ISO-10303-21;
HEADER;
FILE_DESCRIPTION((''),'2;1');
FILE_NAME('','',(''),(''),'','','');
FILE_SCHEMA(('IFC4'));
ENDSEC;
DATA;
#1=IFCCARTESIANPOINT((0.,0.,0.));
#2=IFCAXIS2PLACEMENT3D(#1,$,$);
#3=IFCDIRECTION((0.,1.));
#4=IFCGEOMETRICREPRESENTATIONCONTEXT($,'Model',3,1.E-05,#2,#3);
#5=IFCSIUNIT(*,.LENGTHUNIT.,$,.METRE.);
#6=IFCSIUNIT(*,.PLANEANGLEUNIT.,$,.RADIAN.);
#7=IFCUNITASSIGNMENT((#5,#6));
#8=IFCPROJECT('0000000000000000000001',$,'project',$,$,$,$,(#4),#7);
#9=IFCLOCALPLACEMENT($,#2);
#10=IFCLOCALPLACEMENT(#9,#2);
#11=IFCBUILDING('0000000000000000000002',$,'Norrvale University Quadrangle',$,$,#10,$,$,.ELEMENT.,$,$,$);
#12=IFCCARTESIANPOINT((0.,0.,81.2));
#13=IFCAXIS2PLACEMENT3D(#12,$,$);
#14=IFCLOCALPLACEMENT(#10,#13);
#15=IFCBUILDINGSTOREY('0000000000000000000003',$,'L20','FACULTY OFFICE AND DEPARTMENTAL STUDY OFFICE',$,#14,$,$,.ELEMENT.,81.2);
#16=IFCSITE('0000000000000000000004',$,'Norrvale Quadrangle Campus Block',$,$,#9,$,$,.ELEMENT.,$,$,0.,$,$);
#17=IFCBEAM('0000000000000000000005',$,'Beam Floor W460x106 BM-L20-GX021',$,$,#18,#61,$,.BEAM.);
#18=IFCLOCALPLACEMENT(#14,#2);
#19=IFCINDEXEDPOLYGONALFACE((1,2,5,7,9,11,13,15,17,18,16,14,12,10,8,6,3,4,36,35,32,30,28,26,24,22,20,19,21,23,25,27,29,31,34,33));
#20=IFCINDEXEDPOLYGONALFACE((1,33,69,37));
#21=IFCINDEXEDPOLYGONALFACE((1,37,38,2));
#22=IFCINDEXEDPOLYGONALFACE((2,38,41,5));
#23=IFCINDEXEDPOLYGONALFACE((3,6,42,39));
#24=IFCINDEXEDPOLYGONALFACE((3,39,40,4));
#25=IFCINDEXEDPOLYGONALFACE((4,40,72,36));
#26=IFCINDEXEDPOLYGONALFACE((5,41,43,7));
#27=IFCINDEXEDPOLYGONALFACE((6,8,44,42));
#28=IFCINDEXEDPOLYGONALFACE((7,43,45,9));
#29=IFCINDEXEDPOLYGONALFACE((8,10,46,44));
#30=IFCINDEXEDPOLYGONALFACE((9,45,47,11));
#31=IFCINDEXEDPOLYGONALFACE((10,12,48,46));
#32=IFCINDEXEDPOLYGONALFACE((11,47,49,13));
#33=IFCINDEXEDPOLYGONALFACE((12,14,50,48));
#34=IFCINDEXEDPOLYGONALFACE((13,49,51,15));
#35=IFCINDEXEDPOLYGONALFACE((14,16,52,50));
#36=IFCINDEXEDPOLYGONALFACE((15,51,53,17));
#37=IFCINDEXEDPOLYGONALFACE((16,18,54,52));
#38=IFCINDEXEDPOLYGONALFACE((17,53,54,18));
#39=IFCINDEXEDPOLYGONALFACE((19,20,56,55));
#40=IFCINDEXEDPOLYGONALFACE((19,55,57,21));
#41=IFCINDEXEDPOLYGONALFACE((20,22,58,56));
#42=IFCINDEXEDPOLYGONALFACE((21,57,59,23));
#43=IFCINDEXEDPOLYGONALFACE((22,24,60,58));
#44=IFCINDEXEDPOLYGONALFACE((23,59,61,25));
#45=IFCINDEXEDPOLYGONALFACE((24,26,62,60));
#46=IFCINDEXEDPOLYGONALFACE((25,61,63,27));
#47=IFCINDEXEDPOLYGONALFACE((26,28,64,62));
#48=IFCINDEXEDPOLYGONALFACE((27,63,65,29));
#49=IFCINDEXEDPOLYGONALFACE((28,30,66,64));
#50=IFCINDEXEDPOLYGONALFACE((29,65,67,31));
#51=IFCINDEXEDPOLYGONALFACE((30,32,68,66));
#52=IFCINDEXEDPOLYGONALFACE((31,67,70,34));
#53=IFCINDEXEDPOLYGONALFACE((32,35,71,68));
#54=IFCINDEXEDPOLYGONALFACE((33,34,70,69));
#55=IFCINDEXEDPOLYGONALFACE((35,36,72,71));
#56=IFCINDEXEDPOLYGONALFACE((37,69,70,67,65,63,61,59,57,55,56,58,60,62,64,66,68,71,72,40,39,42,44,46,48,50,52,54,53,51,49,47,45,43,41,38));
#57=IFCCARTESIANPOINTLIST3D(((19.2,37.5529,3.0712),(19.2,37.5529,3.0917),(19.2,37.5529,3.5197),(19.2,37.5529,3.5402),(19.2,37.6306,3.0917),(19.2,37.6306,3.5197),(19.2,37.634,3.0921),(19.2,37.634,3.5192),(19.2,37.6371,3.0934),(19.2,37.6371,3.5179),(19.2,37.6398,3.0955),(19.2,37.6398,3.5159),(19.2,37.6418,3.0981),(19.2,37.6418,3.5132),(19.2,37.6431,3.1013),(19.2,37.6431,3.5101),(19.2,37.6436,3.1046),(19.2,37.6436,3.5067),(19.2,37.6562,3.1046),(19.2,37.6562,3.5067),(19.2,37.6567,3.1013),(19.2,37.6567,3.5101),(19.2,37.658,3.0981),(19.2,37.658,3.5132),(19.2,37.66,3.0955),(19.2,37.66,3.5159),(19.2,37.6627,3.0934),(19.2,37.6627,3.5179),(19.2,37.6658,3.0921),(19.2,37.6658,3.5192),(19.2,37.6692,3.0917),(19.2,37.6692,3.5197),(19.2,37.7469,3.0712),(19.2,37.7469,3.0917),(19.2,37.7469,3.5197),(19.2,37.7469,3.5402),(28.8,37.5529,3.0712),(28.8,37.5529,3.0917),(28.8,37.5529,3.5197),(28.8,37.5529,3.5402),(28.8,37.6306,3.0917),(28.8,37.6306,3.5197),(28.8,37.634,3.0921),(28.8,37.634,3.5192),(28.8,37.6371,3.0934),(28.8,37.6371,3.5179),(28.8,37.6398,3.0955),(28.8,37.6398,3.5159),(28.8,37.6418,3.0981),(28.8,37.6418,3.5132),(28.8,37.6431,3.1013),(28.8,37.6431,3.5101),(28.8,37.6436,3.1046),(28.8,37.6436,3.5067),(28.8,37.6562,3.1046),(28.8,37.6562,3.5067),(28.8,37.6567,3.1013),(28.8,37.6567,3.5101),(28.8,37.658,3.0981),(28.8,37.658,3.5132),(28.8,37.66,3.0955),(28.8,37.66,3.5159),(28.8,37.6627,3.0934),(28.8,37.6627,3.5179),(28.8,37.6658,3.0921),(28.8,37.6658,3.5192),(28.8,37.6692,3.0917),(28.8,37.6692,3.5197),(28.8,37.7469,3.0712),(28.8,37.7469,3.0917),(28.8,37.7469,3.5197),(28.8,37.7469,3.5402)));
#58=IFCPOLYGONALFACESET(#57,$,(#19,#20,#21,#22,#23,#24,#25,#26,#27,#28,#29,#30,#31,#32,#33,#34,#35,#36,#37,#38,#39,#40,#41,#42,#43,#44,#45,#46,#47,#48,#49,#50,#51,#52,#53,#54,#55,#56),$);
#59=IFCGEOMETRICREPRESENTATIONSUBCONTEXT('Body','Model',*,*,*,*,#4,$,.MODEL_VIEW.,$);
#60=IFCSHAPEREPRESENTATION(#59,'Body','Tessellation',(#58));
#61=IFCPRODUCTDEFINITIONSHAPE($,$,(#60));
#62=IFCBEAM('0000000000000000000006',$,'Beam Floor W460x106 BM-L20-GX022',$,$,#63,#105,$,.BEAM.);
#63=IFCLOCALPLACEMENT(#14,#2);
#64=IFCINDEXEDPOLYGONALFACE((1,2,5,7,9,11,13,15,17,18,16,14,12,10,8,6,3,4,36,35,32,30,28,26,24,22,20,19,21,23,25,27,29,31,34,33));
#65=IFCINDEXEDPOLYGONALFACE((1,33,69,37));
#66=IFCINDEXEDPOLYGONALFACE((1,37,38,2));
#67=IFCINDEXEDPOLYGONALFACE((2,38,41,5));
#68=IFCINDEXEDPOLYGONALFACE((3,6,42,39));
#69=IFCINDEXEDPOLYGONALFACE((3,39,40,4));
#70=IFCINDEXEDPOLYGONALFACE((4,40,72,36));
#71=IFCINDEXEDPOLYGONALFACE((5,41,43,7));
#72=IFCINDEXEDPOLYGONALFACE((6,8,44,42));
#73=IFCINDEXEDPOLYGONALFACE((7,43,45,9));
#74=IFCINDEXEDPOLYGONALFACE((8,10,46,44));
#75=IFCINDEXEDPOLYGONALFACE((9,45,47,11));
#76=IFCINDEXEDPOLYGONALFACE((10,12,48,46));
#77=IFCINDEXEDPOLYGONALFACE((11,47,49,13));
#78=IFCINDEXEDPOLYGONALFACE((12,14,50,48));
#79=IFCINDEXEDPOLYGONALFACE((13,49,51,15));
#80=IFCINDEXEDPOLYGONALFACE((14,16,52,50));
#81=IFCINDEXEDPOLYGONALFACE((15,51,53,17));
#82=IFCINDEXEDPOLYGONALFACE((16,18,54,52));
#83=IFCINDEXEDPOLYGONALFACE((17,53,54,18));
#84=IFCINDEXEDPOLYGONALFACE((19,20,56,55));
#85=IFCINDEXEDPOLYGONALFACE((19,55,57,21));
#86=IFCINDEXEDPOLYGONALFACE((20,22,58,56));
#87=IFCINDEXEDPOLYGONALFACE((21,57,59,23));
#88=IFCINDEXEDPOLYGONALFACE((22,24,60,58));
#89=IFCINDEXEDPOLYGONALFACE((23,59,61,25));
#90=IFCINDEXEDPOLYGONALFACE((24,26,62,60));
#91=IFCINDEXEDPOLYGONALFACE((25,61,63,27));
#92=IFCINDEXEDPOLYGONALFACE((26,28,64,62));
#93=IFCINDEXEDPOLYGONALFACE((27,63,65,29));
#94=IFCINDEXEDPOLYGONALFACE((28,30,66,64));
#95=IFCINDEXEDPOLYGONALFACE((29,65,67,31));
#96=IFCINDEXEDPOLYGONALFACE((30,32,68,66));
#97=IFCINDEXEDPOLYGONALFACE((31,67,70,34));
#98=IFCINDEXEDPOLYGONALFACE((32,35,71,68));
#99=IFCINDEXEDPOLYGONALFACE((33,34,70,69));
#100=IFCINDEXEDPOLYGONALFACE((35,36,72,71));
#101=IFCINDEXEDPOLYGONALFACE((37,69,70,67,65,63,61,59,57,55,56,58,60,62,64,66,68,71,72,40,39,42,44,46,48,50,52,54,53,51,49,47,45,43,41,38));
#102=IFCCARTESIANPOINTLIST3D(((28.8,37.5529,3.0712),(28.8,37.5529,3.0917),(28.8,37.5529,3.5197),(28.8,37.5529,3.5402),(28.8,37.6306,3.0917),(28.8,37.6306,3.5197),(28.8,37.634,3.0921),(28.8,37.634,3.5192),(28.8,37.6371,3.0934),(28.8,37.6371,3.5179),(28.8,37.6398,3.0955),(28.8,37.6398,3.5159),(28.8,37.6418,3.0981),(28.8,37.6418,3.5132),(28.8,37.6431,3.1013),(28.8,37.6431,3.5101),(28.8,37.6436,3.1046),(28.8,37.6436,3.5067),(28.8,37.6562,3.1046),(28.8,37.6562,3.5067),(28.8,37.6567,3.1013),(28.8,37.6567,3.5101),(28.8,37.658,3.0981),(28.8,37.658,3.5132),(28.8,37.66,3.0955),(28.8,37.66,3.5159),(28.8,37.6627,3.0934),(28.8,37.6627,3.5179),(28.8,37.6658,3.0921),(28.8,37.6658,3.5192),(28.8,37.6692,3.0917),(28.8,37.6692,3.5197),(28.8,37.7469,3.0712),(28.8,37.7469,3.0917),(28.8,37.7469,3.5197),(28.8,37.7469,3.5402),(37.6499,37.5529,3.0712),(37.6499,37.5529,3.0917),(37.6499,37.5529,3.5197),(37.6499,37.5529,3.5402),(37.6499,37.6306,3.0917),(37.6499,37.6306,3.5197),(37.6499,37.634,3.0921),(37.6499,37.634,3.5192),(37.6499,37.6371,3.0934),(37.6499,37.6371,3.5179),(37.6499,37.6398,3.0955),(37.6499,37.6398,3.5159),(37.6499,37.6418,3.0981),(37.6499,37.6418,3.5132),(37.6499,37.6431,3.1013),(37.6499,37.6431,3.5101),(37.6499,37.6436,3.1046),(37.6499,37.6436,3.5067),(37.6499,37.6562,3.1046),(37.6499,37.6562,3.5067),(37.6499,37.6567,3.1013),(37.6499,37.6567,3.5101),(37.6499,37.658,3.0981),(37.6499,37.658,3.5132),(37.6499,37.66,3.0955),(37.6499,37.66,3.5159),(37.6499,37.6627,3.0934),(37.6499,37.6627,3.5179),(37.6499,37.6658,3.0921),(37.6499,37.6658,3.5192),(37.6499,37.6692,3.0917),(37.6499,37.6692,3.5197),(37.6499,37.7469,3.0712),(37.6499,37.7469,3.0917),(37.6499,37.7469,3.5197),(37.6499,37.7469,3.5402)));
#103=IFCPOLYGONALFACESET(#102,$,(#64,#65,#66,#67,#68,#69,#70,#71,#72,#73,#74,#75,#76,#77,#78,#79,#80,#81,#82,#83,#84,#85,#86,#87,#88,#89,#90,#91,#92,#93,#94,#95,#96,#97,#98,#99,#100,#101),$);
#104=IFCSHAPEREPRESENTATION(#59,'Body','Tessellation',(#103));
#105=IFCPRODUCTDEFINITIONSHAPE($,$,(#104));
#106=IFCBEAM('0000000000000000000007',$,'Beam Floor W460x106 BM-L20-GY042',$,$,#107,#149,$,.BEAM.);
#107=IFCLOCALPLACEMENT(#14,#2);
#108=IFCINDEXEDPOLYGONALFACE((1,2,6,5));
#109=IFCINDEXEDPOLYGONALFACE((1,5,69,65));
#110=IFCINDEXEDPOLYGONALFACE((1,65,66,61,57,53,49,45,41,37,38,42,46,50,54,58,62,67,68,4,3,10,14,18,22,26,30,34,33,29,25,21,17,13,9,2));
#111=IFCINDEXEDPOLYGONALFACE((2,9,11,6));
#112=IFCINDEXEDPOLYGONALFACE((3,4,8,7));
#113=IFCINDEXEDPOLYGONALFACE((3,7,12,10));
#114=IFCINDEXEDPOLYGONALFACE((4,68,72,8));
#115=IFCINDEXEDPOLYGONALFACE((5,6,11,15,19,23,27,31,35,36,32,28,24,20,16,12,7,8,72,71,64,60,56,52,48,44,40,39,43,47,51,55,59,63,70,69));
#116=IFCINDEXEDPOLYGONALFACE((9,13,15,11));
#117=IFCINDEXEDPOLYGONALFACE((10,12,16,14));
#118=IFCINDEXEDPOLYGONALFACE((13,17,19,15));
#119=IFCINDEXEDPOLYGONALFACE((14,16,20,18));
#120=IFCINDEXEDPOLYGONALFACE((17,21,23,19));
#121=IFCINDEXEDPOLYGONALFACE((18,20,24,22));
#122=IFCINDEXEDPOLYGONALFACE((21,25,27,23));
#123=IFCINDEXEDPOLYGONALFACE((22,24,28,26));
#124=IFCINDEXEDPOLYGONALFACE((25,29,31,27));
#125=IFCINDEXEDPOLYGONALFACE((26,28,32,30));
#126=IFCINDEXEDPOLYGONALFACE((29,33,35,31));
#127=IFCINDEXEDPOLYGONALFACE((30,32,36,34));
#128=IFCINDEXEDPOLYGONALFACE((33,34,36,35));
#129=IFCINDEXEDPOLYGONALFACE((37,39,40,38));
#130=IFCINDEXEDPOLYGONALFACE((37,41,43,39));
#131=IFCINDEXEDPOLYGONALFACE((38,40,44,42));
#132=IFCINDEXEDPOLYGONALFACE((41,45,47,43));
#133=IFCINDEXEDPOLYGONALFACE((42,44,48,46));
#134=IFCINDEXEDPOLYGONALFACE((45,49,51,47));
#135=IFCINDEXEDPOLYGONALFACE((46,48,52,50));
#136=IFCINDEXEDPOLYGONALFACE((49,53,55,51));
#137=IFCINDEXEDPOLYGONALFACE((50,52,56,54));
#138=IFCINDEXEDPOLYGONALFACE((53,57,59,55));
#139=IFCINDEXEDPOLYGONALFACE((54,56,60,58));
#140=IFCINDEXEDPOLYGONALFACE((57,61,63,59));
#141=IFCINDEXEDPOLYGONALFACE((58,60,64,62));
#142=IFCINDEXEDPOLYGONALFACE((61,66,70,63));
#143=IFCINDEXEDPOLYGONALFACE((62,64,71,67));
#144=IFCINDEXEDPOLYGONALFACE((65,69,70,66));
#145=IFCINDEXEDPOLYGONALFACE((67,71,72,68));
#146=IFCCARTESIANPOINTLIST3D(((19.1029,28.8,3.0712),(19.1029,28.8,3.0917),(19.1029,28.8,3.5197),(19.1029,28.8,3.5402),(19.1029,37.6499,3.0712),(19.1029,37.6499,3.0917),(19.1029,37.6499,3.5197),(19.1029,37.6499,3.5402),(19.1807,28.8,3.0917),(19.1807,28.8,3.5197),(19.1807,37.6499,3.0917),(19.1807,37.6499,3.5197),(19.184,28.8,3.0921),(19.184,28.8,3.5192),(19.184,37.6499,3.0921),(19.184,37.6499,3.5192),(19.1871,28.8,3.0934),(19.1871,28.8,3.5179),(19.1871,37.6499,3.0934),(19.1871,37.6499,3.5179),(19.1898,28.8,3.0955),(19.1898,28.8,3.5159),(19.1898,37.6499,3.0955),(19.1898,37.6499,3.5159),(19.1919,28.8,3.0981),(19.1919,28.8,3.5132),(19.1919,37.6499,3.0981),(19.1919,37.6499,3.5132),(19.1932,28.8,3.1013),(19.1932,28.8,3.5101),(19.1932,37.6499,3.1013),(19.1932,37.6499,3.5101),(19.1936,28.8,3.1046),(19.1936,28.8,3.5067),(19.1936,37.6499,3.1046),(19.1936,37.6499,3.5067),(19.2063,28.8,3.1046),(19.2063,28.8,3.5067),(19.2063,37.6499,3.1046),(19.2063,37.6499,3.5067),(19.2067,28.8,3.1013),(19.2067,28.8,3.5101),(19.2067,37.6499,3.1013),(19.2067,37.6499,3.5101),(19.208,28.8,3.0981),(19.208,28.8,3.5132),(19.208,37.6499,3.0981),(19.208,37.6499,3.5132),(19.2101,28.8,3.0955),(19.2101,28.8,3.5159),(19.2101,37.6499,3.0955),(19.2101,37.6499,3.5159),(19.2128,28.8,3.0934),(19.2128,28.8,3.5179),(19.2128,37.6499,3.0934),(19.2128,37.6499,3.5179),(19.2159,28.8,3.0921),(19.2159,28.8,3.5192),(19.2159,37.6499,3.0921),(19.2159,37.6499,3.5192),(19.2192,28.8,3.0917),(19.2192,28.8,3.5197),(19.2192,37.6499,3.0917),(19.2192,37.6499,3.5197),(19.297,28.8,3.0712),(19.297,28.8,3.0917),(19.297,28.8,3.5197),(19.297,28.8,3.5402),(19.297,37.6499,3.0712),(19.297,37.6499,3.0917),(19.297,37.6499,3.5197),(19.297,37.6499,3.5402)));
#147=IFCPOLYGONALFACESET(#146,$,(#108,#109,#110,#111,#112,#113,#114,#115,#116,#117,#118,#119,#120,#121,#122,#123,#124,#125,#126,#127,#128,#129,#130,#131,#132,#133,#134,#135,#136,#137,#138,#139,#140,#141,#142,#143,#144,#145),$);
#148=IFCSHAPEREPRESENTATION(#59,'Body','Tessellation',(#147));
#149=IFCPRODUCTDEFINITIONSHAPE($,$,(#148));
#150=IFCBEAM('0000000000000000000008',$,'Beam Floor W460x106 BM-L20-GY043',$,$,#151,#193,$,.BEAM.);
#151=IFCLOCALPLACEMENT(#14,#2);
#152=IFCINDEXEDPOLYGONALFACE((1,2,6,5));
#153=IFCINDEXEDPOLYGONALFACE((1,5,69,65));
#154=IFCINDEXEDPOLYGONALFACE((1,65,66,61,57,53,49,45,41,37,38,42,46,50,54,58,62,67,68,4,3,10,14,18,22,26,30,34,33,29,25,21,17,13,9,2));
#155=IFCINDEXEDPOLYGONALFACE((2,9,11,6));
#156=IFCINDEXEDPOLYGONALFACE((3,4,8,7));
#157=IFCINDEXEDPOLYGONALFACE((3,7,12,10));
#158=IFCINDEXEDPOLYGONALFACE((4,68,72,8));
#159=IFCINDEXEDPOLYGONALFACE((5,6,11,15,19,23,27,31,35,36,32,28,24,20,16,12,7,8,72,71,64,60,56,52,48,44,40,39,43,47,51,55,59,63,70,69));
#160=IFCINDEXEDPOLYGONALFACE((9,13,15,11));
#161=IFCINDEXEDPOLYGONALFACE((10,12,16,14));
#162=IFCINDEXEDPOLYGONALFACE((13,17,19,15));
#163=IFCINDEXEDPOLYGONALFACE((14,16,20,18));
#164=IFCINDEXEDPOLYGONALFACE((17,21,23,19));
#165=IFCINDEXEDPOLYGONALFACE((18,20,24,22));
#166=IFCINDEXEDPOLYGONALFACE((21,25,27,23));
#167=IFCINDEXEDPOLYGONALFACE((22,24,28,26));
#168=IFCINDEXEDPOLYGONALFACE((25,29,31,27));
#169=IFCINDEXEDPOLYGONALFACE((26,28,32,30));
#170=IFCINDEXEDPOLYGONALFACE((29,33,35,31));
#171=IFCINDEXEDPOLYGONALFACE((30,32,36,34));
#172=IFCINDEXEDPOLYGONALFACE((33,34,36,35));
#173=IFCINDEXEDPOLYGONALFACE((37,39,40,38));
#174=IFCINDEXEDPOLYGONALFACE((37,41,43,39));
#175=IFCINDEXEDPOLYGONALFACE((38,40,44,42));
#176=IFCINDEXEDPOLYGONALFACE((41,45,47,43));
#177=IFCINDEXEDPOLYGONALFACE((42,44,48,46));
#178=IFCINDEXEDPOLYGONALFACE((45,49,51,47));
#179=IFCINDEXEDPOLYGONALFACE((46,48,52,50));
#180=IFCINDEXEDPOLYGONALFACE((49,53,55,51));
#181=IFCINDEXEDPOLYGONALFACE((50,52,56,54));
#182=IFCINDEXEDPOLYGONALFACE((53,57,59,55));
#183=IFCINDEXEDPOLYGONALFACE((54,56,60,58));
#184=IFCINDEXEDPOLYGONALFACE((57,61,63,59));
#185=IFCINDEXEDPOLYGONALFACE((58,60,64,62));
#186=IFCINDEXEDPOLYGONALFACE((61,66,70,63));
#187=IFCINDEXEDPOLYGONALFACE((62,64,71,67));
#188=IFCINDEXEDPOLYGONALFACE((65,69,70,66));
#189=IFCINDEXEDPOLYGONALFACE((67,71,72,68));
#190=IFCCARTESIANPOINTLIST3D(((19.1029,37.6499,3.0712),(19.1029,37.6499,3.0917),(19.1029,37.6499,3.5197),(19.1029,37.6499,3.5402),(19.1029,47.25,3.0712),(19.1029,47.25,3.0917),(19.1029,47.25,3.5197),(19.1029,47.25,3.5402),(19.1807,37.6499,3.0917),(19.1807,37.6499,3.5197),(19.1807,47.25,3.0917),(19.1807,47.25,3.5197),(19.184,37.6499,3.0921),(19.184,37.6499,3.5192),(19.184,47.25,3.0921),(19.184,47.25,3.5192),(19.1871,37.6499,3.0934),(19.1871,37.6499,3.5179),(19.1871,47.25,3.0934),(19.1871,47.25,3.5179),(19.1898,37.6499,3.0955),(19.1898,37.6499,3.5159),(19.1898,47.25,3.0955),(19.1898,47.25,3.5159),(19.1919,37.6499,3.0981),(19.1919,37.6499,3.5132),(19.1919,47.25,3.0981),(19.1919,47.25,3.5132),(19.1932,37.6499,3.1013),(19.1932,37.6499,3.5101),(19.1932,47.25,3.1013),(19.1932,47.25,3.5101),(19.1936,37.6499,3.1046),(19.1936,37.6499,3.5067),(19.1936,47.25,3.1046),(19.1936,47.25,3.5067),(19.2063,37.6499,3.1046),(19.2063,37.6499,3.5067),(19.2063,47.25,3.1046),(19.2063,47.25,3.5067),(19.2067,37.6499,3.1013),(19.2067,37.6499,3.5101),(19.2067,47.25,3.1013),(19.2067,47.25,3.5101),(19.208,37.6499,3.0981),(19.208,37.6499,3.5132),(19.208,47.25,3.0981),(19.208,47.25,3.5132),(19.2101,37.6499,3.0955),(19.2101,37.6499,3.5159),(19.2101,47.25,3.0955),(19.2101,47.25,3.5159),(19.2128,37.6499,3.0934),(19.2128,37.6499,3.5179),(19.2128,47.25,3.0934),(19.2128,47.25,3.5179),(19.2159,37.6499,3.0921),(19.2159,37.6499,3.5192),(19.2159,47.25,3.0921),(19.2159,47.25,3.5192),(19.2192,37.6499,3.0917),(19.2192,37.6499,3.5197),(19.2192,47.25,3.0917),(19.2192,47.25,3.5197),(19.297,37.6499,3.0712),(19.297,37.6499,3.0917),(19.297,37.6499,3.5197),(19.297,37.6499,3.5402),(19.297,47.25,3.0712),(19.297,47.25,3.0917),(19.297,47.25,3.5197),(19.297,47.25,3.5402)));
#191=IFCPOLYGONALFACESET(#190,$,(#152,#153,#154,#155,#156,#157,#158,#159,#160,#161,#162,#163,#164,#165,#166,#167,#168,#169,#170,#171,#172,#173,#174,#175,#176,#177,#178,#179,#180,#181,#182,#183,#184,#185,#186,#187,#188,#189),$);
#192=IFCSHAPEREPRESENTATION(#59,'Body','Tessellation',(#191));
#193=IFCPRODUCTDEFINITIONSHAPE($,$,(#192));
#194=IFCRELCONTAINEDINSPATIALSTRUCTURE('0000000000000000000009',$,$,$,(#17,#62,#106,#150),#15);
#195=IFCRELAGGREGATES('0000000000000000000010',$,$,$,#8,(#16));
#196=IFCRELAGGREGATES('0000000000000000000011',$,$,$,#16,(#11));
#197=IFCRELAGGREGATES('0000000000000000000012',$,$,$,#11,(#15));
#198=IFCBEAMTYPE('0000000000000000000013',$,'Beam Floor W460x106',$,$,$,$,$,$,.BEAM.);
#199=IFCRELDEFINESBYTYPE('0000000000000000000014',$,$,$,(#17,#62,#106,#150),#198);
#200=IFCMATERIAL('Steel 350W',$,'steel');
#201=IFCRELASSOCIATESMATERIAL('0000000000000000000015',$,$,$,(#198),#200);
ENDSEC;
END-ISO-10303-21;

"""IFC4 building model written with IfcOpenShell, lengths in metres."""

from ifc_helpers import new_model, si_unit, direction, frame, origin, origin_2d, place, context, subcontext, project, spatial, i_section, extrude, material, material_profile, profile_set, type_object, element, save


model = new_model("IFC4")

# Units and contexts
model_context = context("Model", 3, precision=1e-05, world=origin(), true_north=direction((0.0, 1.0)))
body_context = subcontext(model_context, "Body", "Model", "MODEL_VIEW")
ifc_project = project(units=[si_unit("LENGTHUNIT", "METRE"), si_unit("PLANEANGLEUNIT", "RADIAN")], contexts=[model_context])

# Site, building, storey
site_placement = place(None, origin())
site = spatial("IfcSite", under=ifc_project, at=site_placement, Name="Norrvale Quadrangle Campus Block", CompositionType="ELEMENT", RefElevation=0.0)
building_placement = place(site_placement, origin())
building = spatial("IfcBuilding", under=site, at=building_placement, Name="Norrvale University Quadrangle", CompositionType="ELEMENT")
storey_placement = place(building_placement, frame((0.0, 0.0, 81.2)))
storey = spatial("IfcBuildingStorey", under=building, at=storey_placement, Name="L20", Description="FACULTY OFFICE AND DEPARTMENTAL STUDY OFFICE", CompositionType="ELEMENT", Elevation=81.2)

# Beams
ifc_material_1 = material(Name="Steel 350W", Category="steel")
ifc_material_profile_1 = material_profile(ifc_material_1, i_section(OverallWidth=0.1941, OverallDepth=0.469, WebThickness=0.0127, FlangeThickness=0.0205, FilletRadius=0.0129, at=origin_2d()), Name="Steel 350W")
ifc_profile_set_1 = profile_set([ifc_material_profile_1], Name="Steel 350W")
beam_type_1 = type_object("IfcBeamType", Name="Beam Floor W460x106", PredefinedType="BEAM", material=ifc_profile_set_1)
beam_1_placement = place(storey_placement, frame((19.2, 37.6499, 3.3057), z_axis=(1.0, 0.0, 0.0), x_axis=(0.0, 1.0, 0.0)))
element("IfcBeam", 1, at=beam_1_placement, inside=storey, type_object=beam_type_1, Name="Beam Floor W460x106 BM-L20-GX021", PredefinedType="BEAM", context=body_context, shape_type="SweptSolid", body=[
    extrude(i_section(OverallWidth=0.1941, OverallDepth=0.469, WebThickness=0.0127, FlangeThickness=0.0205, FilletRadius=0.0129, at=origin_2d()), origin(), (0.0, 0.0, 1.0), 9.6001),
])
for number, where, z_axis, x_axis, name in (
    (2, (28.8, 37.6499, 3.3057), (1.0, 0.0, 0.0), (0.0, 1.0, 0.0), "Beam Floor W460x106 BM-L20-GX022"),
    (3, (19.2, 28.8, 3.3057), (0.0, 1.0, 0.0), (-1.0, 0.0, 0.0), "Beam Floor W460x106 BM-L20-GY042"),
):
    element("IfcBeam", number, at=place(storey_placement, frame(where, z_axis=z_axis, x_axis=x_axis)), inside=storey, type_object=beam_type_1, Name=name, PredefinedType="BEAM", context=body_context, shape_type="SweptSolid", body=[
        extrude(i_section(OverallWidth=0.1941, OverallDepth=0.469, WebThickness=0.0127, FlangeThickness=0.0205, FilletRadius=0.0129, at=origin_2d()), origin(), (0.0, 0.0, 1.0), 8.8499),
    ])
beam_2_placement = place(storey_placement, frame((19.2, 37.6499, 3.3057), z_axis=(0.0, 1.0, 0.0), x_axis=(-1.0, 0.0, 0.0)))
element("IfcBeam", 4, at=beam_2_placement, inside=storey, type_object=beam_type_1, Name="Beam Floor W460x106 BM-L20-GY043", PredefinedType="BEAM", context=body_context, shape_type="SweptSolid", body=[
    extrude(i_section(OverallWidth=0.1941, OverallDepth=0.469, WebThickness=0.0127, FlangeThickness=0.0205, FilletRadius=0.0129, at=origin_2d()), origin(), (0.0, 0.0, 1.0), 9.6001),
])

save(model, "model.ifc")
